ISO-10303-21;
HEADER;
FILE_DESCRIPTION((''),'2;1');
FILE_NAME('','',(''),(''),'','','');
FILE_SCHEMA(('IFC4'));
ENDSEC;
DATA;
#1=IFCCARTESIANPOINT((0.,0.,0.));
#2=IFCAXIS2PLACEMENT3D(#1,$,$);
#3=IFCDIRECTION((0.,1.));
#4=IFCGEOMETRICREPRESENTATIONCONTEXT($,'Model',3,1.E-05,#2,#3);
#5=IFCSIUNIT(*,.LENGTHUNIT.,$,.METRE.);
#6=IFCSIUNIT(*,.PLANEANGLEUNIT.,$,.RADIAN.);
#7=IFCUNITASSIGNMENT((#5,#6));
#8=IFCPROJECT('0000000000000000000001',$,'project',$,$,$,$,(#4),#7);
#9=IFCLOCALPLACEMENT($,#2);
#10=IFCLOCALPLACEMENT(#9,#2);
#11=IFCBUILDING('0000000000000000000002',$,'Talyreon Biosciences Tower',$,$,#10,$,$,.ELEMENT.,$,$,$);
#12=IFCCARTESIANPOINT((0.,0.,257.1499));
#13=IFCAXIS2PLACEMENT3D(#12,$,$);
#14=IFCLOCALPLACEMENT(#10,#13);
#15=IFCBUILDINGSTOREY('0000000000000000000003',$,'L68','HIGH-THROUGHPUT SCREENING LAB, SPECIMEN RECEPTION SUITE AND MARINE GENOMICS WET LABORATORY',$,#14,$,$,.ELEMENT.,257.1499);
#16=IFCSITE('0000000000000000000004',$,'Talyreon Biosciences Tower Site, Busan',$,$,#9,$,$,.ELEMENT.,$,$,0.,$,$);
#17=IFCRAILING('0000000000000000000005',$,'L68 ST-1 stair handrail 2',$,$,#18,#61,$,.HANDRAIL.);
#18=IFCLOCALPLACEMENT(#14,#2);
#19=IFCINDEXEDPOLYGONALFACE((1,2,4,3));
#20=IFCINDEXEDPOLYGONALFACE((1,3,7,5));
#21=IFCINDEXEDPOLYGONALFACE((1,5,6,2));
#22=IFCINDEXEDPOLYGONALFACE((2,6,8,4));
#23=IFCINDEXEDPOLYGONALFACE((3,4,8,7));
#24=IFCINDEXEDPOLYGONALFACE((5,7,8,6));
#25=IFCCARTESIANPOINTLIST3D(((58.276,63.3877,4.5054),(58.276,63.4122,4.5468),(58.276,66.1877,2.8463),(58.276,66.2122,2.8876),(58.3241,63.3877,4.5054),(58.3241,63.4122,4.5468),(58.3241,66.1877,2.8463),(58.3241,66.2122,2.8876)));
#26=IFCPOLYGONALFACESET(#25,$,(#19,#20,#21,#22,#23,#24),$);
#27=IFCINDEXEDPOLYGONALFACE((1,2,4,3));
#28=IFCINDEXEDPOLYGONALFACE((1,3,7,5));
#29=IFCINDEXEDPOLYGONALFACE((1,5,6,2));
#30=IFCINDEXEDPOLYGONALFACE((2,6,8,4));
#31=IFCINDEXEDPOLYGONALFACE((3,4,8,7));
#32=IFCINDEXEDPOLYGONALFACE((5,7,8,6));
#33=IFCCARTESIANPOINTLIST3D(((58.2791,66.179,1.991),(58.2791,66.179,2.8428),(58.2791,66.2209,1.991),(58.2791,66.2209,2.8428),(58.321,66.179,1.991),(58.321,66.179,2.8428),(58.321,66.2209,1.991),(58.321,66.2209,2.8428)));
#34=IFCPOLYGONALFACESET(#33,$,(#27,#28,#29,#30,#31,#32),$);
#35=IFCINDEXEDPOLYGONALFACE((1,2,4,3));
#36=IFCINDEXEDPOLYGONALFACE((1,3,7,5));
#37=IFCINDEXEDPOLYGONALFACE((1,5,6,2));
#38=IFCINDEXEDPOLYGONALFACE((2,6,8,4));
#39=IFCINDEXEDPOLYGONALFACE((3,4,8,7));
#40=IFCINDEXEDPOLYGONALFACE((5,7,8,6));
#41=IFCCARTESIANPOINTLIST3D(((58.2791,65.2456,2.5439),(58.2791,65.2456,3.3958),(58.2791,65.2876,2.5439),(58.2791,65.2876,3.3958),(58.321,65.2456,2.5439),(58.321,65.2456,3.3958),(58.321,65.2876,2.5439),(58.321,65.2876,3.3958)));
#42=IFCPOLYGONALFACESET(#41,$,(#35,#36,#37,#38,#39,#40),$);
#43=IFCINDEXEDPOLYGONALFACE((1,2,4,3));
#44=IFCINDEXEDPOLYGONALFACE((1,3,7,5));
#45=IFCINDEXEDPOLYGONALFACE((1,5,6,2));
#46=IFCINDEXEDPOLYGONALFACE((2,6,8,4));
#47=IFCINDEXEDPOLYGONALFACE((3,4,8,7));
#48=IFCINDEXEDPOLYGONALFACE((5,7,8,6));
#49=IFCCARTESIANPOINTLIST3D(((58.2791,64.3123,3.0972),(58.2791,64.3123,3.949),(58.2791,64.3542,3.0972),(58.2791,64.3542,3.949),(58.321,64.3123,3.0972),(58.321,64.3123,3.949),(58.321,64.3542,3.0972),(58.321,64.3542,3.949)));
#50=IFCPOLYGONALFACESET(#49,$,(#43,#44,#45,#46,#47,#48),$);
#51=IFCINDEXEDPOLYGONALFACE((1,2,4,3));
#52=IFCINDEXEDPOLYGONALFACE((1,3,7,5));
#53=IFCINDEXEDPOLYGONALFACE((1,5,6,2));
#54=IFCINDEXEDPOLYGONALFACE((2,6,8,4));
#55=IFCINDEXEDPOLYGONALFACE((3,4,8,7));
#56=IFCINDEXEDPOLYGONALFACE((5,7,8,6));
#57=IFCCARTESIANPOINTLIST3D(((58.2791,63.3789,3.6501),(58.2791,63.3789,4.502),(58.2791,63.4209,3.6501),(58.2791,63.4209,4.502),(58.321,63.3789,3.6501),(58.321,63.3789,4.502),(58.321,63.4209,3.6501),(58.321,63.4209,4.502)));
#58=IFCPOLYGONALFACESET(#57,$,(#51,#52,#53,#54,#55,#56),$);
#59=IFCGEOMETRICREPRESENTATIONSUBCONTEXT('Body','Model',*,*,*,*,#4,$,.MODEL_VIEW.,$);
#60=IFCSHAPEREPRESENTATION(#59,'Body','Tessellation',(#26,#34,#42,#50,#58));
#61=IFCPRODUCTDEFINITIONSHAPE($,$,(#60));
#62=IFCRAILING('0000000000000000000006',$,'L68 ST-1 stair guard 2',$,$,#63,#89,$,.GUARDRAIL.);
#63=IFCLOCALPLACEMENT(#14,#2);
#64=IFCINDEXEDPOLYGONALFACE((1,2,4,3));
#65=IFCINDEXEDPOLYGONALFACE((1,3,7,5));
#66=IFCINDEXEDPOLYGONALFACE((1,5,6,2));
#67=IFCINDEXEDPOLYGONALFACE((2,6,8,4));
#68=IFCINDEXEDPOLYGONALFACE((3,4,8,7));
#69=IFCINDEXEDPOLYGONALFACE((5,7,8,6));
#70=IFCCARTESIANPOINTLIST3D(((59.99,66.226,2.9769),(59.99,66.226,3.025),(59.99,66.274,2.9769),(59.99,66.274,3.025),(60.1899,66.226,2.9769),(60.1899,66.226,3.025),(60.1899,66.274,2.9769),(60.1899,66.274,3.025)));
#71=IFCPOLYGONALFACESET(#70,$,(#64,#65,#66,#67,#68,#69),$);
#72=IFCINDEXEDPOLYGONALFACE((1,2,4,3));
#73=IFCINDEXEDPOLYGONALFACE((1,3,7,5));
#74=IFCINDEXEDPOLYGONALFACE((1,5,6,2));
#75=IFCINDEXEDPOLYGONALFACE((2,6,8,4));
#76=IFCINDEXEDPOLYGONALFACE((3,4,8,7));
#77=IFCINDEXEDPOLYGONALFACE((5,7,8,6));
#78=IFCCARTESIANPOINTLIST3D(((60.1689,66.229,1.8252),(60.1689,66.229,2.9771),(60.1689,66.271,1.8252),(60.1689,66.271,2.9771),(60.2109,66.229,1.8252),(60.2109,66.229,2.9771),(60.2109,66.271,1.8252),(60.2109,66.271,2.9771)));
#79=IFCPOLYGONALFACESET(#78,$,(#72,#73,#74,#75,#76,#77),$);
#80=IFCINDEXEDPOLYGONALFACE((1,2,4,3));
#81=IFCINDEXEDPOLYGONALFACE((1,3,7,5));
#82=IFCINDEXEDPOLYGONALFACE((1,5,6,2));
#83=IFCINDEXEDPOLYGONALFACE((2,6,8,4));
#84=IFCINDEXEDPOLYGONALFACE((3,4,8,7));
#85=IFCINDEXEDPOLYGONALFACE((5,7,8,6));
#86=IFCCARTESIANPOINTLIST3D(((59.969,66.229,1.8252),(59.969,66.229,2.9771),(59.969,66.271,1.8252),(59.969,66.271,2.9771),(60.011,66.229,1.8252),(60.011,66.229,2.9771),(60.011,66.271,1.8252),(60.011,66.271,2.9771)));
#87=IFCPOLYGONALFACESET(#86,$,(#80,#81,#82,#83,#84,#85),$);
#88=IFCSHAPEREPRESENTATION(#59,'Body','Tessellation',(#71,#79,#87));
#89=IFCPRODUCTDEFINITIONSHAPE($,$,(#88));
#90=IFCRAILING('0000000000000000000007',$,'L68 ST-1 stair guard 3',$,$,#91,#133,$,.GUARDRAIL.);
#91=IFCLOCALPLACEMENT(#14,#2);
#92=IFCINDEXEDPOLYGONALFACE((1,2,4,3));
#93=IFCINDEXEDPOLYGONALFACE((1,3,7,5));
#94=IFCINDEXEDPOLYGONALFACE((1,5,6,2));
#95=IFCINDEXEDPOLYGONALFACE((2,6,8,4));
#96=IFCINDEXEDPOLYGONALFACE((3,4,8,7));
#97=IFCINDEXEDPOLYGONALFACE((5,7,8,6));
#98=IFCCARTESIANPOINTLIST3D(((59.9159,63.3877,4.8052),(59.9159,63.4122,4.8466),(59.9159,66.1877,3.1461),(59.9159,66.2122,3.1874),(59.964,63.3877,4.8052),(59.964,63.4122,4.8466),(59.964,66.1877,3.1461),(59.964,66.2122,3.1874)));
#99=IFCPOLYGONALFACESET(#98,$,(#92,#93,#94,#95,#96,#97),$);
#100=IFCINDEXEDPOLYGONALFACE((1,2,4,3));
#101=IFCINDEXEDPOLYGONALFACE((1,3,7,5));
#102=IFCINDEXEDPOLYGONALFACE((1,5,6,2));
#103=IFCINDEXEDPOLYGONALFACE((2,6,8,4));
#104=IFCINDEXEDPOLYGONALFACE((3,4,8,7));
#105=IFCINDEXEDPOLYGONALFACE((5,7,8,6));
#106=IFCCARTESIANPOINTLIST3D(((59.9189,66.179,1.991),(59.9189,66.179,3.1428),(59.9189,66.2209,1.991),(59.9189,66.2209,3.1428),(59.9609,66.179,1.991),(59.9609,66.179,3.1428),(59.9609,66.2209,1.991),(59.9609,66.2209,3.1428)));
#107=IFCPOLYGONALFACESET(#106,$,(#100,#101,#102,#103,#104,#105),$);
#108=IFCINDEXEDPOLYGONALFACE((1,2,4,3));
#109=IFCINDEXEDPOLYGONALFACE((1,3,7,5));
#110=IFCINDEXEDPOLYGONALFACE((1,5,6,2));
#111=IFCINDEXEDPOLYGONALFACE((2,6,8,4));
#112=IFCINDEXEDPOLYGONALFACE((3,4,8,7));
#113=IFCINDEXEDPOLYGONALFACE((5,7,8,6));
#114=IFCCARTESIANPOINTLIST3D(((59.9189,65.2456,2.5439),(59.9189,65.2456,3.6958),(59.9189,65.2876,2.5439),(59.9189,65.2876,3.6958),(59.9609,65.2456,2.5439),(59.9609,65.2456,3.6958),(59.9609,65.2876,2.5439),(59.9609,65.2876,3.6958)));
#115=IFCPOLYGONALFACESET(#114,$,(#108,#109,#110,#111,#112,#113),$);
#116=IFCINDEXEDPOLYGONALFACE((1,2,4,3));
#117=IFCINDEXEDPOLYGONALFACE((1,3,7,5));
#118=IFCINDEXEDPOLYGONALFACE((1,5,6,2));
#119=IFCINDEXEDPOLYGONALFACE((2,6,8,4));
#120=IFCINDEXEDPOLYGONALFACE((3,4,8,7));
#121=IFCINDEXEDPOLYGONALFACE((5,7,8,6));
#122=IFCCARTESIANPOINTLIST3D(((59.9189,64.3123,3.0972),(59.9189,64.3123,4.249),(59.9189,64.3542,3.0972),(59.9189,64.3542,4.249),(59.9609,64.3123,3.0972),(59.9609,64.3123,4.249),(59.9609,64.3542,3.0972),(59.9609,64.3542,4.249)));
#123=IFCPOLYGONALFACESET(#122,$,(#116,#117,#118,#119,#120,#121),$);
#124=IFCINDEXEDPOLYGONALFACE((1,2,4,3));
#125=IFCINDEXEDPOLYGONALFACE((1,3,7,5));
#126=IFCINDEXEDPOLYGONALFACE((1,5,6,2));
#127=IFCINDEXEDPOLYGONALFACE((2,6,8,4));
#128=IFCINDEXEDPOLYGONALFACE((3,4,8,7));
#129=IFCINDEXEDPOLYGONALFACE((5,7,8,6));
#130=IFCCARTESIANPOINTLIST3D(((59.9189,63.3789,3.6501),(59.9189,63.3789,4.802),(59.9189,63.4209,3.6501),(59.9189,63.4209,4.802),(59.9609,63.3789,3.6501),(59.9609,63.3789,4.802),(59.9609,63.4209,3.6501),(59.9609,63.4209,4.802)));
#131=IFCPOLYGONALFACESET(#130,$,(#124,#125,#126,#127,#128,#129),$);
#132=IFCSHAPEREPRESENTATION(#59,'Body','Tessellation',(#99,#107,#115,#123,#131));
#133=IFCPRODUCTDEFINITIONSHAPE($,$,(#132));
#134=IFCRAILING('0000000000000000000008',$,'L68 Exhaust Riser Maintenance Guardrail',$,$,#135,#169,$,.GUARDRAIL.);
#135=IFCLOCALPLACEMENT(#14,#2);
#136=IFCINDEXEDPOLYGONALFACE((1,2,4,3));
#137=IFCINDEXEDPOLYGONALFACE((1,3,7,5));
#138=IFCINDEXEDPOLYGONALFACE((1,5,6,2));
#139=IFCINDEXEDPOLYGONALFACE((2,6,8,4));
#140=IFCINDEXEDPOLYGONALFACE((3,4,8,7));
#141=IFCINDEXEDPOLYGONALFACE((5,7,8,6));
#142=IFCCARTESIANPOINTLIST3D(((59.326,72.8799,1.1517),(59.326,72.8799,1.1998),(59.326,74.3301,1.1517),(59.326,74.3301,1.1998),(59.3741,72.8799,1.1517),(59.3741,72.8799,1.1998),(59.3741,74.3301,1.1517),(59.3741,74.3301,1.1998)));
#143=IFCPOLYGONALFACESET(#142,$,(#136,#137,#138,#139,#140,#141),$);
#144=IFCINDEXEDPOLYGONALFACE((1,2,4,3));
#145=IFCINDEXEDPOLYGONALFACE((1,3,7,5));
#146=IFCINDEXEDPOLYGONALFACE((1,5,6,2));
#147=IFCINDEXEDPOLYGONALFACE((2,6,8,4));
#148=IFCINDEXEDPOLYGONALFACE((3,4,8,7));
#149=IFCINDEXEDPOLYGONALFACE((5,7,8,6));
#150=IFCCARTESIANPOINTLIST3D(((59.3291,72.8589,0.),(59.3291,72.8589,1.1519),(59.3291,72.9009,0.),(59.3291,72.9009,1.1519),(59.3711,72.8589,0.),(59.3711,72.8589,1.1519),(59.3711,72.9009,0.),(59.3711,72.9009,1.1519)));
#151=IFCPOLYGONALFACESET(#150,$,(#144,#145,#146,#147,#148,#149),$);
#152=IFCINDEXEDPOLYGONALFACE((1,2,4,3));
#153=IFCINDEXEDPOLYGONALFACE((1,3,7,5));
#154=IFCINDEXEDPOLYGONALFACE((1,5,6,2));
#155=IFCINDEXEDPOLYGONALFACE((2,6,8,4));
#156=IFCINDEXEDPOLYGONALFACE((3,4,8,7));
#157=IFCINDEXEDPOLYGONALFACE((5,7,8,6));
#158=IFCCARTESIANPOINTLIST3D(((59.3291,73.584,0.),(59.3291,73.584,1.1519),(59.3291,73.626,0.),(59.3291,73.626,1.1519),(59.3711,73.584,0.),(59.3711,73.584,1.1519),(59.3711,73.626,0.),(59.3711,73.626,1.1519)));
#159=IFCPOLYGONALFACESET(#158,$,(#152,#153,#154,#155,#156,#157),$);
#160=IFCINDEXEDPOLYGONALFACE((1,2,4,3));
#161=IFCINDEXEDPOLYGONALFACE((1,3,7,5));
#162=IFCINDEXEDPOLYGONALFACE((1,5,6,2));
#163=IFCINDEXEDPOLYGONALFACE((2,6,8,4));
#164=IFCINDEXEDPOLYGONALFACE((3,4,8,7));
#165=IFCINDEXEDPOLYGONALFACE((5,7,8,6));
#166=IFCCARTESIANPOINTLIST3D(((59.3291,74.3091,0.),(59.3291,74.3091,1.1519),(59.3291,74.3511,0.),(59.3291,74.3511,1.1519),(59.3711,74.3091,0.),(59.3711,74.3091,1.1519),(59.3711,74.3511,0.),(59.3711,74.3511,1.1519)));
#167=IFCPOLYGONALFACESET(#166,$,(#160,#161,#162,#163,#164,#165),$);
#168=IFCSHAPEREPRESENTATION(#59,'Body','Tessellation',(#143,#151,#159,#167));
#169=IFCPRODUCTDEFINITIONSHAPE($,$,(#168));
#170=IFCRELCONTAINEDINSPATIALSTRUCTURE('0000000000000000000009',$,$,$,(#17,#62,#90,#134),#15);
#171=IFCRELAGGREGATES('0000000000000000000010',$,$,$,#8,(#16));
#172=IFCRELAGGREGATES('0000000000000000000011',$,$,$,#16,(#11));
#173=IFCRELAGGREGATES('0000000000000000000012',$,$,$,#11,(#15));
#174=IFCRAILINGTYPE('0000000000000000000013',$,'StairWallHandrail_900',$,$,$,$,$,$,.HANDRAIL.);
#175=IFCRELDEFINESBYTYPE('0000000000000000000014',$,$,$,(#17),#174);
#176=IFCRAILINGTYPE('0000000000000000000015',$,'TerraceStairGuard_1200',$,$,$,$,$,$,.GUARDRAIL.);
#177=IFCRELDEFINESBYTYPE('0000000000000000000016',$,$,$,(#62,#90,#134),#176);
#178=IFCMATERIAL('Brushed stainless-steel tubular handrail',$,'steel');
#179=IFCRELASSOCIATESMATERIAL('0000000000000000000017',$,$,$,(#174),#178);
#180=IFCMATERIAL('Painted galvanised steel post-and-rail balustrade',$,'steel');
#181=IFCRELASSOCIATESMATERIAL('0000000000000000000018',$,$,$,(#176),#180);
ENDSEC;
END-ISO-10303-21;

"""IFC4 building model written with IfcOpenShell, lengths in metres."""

from ifc_helpers import new_model, si_unit, direction, frame, origin, origin_2d, place, context, subcontext, project, spatial, rectangle, extrude, material, type_object, element, save


model = new_model("IFC4")

# Units and contexts
model_context = context("Model", 3, precision=1e-05, world=origin(), true_north=direction((0.0, 1.0)))
body_context = subcontext(model_context, "Body", "Model", "MODEL_VIEW")
ifc_project = project(units=[si_unit("LENGTHUNIT", "METRE"), si_unit("PLANEANGLEUNIT", "RADIAN")], contexts=[model_context])

# Site, building, storey
site_placement = place(None, origin())
site = spatial("IfcSite", under=ifc_project, at=site_placement, Name="Talyreon Biosciences Tower Site, Busan", CompositionType="ELEMENT", RefElevation=0.0)
building_placement = place(site_placement, origin())
building = spatial("IfcBuilding", under=site, at=building_placement, Name="Talyreon Biosciences Tower", CompositionType="ELEMENT")
storey_placement = place(building_placement, frame((0.0, 0.0, 257.1499)))
storey = spatial("IfcBuildingStorey", under=building, at=storey_placement, Name="L68", Description="HIGH-THROUGHPUT SCREENING LAB, SPECIMEN RECEPTION SUITE AND MARINE GENOMICS WET LABORATORY", CompositionType="ELEMENT", Elevation=257.1499)

# Railings
ifc_material_1 = material(Name="Brushed stainless-steel tubular handrail", Category="steel")
railing_type_1 = type_object("IfcRailingType", Name="StairWallHandrail_900", PredefinedType="HANDRAIL", material=ifc_material_1)
railing_1_placement = place(storey_placement, frame((58.3, 66.2, 1.991)))
element("IfcRailing", 1, at=railing_1_placement, inside=storey, type_object=railing_type_1, Name="L68 ST-1 stair handrail 2", PredefinedType="HANDRAIL", context=body_context, shape_type="SweptSolid", body=[
    extrude(rectangle(XDim=0.0481, YDim=0.0481, at=origin_2d()), frame((0.0, 0.0, 0.876), z_axis=(0.0, -0.860306, 0.509778), x_axis=(1.0, 0.0, 0.0)), (0.0, 0.0, 1.0), 3.2546),
    extrude(rectangle(XDim=0.042, YDim=0.042, at=origin_2d()), origin(), (0.0, 0.0, 1.0), 0.8518),
    extrude(rectangle(XDim=0.042, YDim=0.042, at=origin_2d()), frame((0.0, -0.9333, 0.553)), (0.0, 0.0, 1.0), 0.8518),
    extrude(rectangle(XDim=0.042, YDim=0.042, at=origin_2d()), frame((0.0, -1.8667, 1.1062)), (0.0, 0.0, 1.0), 0.8518),
    extrude(rectangle(XDim=0.042, YDim=0.042, at=origin_2d()), frame((0.0, -2.8, 1.6592)), (0.0, 0.0, 1.0), 0.8518),
])
ifc_material_2 = material(Name="Painted galvanised steel post-and-rail balustrade", Category="steel")
railing_type_2 = type_object("IfcRailingType", Name="TerraceStairGuard_1200", PredefinedType="GUARDRAIL", material=ifc_material_2)
railing_2_placement = place(storey_placement, frame((60.1899, 66.25, 1.8252)))
element("IfcRailing", 2, at=railing_2_placement, inside=storey, type_object=railing_type_2, Name="L68 ST-1 stair guard 2", PredefinedType="GUARDRAIL", context=body_context, shape_type="SweptSolid", body=[
    extrude(rectangle(XDim=0.0481, YDim=0.0481, at=origin_2d()), frame((0.0, 0.0, 1.1758), z_axis=(-1.0, 0.0, 0.0), x_axis=(0.0, -1.0, 0.0)), (0.0, 0.0, 1.0), 0.2),
    extrude(rectangle(XDim=0.042, YDim=0.042, at=origin_2d()), origin(), (0.0, 0.0, 1.0), 1.1519),
    extrude(rectangle(XDim=0.042, YDim=0.042, at=origin_2d()), frame((-0.2, 0.0, 0.0)), (0.0, 0.0, 1.0), 1.1519),
])
railing_3_placement = place(storey_placement, frame((59.9399, 66.2, 1.991)))
element("IfcRailing", 3, at=railing_3_placement, inside=storey, type_object=railing_type_2, Name="L68 ST-1 stair guard 3", PredefinedType="GUARDRAIL", context=body_context, shape_type="SweptSolid", body=[
    extrude(rectangle(XDim=0.0481, YDim=0.0481, at=origin_2d()), frame((0.0, 0.0, 1.1758), z_axis=(0.0, -0.860306, 0.509778), x_axis=(1.0, 0.0, 0.0)), (0.0, 0.0, 1.0), 3.2546),
    extrude(rectangle(XDim=0.042, YDim=0.042, at=origin_2d()), origin(), (0.0, 0.0, 1.0), 1.1519),
    extrude(rectangle(XDim=0.042, YDim=0.042, at=origin_2d()), frame((0.0, -0.9333, 0.553)), (0.0, 0.0, 1.0), 1.1519),
    extrude(rectangle(XDim=0.042, YDim=0.042, at=origin_2d()), frame((0.0, -1.8667, 1.1062)), (0.0, 0.0, 1.0), 1.1519),
    extrude(rectangle(XDim=0.042, YDim=0.042, at=origin_2d()), frame((0.0, -2.8, 1.6592)), (0.0, 0.0, 1.0), 1.1519),
])
railing_4_placement = place(storey_placement, frame((59.3501, 72.8799, 0.0)))
element("IfcRailing", 4, at=railing_4_placement, inside=storey, type_object=railing_type_2, Name="L68 Exhaust Riser Maintenance Guardrail", PredefinedType="GUARDRAIL", context=body_context, shape_type="SweptSolid", body=[
    extrude(rectangle(XDim=0.0481, YDim=0.0481, at=origin_2d()), frame((0.0, 0.0, 1.1758), z_axis=(0.0, 1.0, 0.0), x_axis=(-1.0, 0.0, 0.0)), (0.0, 0.0, 1.0), 1.4502),
    extrude(rectangle(XDim=0.042, YDim=0.042, at=origin_2d()), origin(), (0.0, 0.0, 1.0), 1.1519),
    extrude(rectangle(XDim=0.042, YDim=0.042, at=origin_2d()), frame((0.0, 0.7251, 0.0)), (0.0, 0.0, 1.0), 1.1519),
    extrude(rectangle(XDim=0.042, YDim=0.042, at=origin_2d()), frame((0.0, 1.4502, 0.0)), (0.0, 0.0, 1.0), 1.1519),
])

save(model, "model.ifc")
